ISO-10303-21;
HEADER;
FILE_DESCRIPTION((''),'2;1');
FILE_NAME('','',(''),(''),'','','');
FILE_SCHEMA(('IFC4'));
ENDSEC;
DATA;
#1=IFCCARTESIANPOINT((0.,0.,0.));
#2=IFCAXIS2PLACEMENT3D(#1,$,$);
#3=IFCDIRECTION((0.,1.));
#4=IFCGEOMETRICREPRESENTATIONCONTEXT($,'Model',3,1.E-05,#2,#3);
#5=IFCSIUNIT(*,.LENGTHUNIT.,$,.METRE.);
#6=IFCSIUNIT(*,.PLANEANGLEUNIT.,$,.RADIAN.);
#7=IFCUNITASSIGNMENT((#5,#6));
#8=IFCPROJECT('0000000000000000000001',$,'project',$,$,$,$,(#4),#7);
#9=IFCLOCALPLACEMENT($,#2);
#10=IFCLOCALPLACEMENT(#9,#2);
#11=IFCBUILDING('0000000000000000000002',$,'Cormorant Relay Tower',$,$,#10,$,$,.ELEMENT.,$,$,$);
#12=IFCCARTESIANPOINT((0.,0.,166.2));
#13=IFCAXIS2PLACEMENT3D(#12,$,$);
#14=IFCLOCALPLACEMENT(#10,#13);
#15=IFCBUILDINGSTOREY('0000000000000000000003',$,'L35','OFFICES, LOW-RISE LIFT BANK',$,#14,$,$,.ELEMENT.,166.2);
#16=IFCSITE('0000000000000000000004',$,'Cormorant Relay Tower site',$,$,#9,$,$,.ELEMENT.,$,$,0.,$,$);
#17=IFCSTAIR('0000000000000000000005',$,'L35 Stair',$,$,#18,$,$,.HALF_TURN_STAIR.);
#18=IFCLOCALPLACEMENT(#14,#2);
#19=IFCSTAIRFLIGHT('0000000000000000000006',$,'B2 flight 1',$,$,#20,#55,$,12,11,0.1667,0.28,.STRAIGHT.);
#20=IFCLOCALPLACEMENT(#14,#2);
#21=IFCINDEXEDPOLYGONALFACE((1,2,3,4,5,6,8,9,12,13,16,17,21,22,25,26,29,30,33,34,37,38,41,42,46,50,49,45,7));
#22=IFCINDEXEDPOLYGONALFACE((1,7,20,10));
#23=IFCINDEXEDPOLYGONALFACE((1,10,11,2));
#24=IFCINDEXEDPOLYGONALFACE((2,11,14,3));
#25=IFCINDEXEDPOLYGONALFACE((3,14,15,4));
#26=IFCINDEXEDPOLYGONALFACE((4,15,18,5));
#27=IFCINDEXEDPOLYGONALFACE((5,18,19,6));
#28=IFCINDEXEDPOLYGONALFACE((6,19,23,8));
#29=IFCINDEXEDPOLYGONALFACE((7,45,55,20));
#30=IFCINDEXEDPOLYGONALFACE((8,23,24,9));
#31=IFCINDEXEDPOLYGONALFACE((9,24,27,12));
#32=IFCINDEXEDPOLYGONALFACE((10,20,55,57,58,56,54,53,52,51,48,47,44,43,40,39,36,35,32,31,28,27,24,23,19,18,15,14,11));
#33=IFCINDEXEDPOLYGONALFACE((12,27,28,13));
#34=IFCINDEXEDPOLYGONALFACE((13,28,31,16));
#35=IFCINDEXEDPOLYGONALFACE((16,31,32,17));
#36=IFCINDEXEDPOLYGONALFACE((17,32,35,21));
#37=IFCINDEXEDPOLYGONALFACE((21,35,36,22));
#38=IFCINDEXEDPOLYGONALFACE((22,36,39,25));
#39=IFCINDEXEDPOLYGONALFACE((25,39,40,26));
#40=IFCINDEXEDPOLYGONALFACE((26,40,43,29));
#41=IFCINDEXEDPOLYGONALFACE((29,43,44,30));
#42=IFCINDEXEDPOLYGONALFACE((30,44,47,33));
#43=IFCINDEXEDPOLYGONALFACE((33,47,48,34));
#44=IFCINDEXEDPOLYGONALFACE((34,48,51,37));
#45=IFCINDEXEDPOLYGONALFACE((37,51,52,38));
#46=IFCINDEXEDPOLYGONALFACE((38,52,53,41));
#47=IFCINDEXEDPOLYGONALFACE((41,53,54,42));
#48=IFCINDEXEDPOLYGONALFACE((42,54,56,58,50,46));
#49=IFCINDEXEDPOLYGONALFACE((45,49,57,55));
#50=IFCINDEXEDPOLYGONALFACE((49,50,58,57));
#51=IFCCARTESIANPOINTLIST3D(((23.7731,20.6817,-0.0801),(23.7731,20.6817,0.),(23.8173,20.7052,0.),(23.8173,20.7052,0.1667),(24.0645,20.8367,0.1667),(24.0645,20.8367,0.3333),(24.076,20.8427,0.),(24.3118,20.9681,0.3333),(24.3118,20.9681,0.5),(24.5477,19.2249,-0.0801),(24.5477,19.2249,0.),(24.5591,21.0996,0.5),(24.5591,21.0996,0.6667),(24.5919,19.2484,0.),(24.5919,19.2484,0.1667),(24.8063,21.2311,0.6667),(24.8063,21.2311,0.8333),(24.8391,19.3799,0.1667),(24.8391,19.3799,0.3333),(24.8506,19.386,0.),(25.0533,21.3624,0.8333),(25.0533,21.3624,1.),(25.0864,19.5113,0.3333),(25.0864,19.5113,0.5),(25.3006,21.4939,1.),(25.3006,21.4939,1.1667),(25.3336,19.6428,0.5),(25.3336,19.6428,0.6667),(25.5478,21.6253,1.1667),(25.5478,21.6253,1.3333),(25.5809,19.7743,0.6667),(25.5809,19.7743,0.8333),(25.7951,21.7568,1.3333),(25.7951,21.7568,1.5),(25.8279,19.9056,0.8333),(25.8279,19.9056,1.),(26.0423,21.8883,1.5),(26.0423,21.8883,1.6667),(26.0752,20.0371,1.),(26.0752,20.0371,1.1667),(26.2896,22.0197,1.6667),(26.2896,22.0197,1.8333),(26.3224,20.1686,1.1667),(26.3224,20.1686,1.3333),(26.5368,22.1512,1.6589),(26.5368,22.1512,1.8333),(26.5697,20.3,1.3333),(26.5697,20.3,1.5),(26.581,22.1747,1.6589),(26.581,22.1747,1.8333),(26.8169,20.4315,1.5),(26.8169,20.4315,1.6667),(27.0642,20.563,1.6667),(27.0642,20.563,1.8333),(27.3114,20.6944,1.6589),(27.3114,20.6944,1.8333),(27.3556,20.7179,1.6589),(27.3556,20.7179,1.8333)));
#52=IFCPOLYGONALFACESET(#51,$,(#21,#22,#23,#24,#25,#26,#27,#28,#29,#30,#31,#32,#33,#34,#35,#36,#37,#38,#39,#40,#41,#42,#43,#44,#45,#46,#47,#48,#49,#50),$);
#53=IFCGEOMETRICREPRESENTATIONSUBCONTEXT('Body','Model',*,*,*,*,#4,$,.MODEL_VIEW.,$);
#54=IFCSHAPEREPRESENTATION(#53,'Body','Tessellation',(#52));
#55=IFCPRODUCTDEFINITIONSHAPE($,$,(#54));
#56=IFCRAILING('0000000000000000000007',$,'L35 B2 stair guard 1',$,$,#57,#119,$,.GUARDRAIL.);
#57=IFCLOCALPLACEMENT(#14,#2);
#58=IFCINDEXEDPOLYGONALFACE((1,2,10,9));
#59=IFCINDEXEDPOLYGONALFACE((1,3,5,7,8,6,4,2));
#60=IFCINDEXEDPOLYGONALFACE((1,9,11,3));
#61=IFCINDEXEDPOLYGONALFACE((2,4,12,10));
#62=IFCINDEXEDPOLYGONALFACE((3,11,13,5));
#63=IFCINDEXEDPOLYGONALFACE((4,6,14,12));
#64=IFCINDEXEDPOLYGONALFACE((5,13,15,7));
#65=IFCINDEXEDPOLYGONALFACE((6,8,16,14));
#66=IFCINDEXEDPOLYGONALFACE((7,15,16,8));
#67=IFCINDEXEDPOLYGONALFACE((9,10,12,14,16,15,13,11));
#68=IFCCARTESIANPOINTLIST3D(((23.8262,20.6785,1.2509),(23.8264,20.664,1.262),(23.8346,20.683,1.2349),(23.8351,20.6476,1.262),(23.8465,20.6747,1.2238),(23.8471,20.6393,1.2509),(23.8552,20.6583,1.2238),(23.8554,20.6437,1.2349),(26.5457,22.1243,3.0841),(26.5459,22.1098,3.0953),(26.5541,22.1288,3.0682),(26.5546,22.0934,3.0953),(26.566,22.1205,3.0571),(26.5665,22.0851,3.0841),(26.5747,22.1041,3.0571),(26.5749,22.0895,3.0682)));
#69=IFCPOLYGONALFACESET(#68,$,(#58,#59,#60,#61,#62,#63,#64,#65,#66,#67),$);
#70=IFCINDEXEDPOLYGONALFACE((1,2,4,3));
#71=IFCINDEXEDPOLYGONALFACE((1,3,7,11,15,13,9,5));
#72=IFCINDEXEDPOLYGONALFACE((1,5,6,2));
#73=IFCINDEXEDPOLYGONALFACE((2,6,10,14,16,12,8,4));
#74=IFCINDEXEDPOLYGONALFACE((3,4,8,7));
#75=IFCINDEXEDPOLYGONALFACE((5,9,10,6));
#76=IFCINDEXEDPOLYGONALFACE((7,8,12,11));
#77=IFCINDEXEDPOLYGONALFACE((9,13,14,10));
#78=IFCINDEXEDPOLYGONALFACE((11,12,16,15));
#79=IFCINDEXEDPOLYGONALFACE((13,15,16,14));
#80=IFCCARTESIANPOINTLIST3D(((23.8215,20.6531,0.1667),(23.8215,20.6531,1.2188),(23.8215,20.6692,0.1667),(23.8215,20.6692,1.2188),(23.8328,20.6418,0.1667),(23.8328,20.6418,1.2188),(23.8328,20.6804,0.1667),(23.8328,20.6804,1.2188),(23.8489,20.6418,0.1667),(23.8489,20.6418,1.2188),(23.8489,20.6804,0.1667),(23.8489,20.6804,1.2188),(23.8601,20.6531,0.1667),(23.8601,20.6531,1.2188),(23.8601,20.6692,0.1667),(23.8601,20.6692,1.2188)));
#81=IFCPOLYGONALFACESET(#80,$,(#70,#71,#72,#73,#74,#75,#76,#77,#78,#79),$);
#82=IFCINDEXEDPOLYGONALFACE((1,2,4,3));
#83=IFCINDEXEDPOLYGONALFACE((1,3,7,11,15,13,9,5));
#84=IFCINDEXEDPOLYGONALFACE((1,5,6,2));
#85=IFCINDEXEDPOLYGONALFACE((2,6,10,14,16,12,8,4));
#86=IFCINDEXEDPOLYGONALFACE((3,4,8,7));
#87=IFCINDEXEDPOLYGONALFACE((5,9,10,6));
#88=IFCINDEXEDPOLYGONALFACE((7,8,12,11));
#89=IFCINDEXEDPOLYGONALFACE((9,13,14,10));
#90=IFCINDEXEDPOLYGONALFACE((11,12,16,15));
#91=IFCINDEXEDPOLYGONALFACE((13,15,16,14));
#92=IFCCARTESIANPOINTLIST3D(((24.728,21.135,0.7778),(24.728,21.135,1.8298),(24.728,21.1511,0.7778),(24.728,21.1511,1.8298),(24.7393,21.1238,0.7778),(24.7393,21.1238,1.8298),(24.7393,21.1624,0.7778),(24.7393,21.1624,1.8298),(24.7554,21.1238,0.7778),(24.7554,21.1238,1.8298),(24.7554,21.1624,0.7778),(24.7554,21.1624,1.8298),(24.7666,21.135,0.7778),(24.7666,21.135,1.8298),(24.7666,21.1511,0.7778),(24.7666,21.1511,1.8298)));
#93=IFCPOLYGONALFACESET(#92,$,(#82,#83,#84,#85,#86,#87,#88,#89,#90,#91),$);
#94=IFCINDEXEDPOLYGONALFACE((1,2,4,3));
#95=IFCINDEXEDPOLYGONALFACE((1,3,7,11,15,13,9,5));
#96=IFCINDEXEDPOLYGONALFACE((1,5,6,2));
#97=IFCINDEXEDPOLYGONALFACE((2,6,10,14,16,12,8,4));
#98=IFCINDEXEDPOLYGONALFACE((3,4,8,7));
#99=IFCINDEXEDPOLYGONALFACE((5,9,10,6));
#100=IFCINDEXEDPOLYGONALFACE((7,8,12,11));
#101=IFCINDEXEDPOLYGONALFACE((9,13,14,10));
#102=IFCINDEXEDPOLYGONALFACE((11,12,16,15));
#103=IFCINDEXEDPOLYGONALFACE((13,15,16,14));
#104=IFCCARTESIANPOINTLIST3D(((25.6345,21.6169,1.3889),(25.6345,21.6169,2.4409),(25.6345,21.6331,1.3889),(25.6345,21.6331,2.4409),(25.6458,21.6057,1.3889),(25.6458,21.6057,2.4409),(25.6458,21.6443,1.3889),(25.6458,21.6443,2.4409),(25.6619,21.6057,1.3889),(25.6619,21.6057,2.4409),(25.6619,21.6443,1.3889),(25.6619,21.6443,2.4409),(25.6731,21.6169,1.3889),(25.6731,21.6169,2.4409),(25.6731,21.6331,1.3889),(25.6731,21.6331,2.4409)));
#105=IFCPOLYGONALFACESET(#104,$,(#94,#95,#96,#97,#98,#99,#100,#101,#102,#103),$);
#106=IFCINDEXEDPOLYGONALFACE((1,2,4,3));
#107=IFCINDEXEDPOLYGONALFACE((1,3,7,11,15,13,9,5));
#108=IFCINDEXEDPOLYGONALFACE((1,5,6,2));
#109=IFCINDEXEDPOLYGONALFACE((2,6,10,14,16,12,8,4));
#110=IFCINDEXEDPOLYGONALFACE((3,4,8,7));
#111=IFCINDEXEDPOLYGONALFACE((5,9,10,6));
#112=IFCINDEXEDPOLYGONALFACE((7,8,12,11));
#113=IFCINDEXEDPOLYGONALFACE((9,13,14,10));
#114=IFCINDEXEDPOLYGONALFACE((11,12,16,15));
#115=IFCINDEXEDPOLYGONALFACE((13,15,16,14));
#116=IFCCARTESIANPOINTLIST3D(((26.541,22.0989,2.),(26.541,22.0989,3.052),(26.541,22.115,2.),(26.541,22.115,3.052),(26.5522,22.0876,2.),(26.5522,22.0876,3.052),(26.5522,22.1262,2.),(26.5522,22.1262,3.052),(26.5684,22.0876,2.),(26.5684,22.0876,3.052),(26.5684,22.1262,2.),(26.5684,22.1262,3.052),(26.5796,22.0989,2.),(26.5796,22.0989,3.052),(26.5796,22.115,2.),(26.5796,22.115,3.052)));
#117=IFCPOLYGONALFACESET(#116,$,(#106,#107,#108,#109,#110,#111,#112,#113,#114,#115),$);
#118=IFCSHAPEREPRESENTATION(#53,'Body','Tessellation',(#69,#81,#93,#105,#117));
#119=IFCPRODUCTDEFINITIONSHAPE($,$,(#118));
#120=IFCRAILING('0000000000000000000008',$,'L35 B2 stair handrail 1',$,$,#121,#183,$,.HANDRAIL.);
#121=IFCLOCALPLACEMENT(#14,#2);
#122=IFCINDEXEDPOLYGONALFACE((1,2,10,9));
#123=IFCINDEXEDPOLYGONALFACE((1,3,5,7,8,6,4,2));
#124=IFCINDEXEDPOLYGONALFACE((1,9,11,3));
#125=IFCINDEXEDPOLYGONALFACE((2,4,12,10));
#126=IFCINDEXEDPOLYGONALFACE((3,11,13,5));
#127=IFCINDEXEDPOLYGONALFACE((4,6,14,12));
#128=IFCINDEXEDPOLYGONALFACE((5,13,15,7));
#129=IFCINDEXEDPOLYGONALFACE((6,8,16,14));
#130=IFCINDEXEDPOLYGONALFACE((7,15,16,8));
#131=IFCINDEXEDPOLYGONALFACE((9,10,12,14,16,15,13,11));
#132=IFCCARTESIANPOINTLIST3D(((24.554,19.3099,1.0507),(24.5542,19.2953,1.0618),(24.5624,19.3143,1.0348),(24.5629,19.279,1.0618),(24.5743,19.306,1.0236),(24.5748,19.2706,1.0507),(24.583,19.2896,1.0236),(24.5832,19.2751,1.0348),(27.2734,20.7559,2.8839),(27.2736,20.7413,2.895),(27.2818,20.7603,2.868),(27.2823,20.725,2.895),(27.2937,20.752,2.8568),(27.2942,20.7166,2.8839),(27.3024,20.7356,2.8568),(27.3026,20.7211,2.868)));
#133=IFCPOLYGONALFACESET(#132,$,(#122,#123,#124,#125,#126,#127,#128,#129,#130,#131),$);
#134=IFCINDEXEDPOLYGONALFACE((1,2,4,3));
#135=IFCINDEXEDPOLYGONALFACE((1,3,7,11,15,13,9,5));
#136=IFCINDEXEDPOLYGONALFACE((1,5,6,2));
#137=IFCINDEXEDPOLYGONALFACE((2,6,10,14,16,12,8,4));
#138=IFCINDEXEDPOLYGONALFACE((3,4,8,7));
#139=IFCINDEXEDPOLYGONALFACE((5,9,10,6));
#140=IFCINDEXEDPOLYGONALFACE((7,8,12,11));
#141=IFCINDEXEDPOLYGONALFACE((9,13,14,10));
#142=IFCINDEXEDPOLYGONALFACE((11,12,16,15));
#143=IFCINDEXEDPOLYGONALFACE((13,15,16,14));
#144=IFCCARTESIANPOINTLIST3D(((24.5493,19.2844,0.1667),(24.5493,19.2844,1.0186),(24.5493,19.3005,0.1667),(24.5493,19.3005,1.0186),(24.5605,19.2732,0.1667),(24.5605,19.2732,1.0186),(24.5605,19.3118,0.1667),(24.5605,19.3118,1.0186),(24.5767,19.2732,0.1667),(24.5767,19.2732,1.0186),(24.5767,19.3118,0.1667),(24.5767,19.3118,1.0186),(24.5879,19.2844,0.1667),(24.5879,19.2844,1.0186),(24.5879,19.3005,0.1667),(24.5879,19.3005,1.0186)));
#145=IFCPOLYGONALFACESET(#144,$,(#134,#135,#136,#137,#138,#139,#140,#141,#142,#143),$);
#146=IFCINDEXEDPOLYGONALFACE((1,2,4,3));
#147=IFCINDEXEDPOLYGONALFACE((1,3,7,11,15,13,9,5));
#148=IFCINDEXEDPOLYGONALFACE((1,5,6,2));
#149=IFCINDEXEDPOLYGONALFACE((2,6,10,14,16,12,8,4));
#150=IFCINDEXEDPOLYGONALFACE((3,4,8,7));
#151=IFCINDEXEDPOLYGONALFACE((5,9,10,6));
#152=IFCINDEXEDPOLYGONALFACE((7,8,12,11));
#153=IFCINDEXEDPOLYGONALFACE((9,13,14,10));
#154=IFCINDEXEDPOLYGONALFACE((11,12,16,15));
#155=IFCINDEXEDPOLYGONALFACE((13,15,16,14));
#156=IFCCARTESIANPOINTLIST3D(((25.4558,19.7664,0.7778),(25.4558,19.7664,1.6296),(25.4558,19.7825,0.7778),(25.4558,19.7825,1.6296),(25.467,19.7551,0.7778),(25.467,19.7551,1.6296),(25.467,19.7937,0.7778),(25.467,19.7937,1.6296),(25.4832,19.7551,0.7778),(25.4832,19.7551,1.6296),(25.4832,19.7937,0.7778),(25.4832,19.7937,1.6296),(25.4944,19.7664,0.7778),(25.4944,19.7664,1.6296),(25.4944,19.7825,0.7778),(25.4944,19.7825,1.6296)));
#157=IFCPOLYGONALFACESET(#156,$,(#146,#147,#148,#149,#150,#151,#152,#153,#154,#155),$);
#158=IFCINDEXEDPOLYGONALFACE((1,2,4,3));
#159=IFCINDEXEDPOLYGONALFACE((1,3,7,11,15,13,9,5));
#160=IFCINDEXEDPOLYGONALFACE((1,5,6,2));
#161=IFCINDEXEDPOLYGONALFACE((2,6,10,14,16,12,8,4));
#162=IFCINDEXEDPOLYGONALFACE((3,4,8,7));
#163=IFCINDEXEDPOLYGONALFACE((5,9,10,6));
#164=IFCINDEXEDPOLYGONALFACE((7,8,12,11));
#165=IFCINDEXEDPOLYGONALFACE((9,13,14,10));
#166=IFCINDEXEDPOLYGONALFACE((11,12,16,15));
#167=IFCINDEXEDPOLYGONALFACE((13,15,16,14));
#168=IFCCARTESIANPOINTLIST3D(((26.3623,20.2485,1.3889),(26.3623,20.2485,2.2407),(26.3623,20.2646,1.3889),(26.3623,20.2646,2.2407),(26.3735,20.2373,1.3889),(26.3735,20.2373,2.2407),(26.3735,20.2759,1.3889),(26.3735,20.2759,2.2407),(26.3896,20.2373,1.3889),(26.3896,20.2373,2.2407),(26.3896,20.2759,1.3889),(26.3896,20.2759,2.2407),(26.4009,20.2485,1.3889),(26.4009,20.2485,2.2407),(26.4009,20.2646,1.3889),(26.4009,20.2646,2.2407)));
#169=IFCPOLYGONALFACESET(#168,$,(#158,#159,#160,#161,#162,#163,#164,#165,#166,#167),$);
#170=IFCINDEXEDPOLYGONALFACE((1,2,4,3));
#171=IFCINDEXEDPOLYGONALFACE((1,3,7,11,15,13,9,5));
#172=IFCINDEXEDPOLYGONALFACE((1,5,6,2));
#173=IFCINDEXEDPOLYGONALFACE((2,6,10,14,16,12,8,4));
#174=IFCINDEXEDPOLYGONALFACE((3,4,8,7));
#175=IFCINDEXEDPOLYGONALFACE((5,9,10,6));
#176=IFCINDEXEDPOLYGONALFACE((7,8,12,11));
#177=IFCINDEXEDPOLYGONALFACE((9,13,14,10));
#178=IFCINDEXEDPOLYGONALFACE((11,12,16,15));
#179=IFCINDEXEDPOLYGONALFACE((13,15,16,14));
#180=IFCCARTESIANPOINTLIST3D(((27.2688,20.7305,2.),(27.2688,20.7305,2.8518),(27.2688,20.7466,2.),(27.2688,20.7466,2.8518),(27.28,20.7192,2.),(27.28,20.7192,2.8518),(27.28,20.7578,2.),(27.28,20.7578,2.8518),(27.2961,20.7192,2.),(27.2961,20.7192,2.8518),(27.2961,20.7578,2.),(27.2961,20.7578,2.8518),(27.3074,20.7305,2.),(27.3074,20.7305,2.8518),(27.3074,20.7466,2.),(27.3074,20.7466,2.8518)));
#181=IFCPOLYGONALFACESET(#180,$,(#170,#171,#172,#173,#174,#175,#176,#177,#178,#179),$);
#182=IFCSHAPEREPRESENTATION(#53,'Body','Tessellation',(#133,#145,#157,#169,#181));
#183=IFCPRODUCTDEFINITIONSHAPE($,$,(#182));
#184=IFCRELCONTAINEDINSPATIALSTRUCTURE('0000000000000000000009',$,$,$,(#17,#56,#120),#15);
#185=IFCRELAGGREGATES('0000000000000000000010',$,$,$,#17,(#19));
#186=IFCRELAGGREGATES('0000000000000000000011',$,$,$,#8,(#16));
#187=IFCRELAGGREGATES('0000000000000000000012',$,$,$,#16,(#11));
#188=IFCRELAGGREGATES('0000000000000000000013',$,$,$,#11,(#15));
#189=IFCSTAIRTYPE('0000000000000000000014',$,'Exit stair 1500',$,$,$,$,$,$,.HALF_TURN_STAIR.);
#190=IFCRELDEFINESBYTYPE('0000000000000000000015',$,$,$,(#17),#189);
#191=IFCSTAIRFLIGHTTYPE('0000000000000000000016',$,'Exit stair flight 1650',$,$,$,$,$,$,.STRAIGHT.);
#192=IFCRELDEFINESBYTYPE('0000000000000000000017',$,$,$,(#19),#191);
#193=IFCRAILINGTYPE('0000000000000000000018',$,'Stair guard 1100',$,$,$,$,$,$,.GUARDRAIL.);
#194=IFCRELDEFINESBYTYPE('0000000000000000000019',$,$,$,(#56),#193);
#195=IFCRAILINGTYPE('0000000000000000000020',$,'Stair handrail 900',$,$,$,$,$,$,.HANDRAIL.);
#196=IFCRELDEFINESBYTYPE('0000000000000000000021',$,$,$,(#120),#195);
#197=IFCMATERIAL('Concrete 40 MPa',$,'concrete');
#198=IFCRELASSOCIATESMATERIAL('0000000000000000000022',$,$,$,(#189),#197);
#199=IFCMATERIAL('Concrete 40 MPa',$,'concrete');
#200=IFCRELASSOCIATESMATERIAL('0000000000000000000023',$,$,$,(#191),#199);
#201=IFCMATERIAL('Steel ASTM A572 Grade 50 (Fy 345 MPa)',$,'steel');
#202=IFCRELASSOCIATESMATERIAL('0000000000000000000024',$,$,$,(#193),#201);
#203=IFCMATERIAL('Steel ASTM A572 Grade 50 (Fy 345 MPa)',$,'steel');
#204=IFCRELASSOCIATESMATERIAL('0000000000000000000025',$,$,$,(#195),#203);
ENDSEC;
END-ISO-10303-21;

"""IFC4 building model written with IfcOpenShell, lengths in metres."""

from ifc_helpers import new_model, si_unit, direction, frame, origin, place, context, subcontext, project, spatial, polyline, outline, extrude, material, type_object, element, aggregate, save


model = new_model("IFC4")

# Units and contexts
model_context = context("Model", 3, precision=1e-05, world=origin(), true_north=direction((0.0, 1.0)))
body_context = subcontext(model_context, "Body", "Model", "MODEL_VIEW")
ifc_project = project(units=[si_unit("LENGTHUNIT", "METRE"), si_unit("PLANEANGLEUNIT", "RADIAN")], contexts=[model_context])

# Site, building, storey
site_placement = place(None, origin())
site = spatial("IfcSite", under=ifc_project, at=site_placement, Name="Cormorant Relay Tower site", CompositionType="ELEMENT", RefElevation=0.0)
building_placement = place(site_placement, origin())
building = spatial("IfcBuilding", under=site, at=building_placement, Name="Cormorant Relay Tower", CompositionType="ELEMENT")
storey_placement = place(building_placement, frame((0.0, 0.0, 166.2)))
storey = spatial("IfcBuildingStorey", under=building, at=storey_placement, Name="L35", Description="OFFICES, LOW-RISE LIFT BANK", CompositionType="ELEMENT", Elevation=166.2)

# Stair, stair flight
ifc_material_1 = material(Name="Concrete 40 MPa", Category="concrete")
stair_type = type_object("IfcStairType", Name="Exit stair 1500", PredefinedType="HALF_TURN_STAIR", material=ifc_material_1)
stair_placement = place(storey_placement, origin())
stair = element("IfcStair", 1, at=stair_placement, inside=storey, type_object=stair_type, Name="L35 Stair", PredefinedType="HALF_TURN_STAIR")
ifc_material_2 = material(Name="Concrete 40 MPa", Category="concrete")
stair_flight_type = type_object("IfcStairFlightType", Name="Exit stair flight 1650", PredefinedType="STRAIGHT", material=ifc_material_2)
stair_flight_placement = place(storey_placement, frame((24.2046, 19.9768, 0.0), z_axis=(0.0, 0.0, 1.0), x_axis=(0.882948, 0.469472, 0.0)))
stair_flight = element("IfcStairFlight", 2, at=stair_flight_placement, type_object=stair_flight_type, Name="B2 flight 1", NumberOfRisers=12, NumberOfTreads=11, PredefinedType="STRAIGHT", RiserHeight=0.1667, TreadLength=0.28, context=body_context, shape_type="SweptSolid", body=[
    extrude(outline(polyline([(-0.05, -0.0801), (-0.05, 0.0), (0.0, 0.0), (0.0, 0.1667), (0.28, 0.1667), (0.28, 0.3333), (0.5601, 0.3333), (0.5601, 0.5), (0.8401, 0.5), (0.8401, 0.6667), (1.1201, 0.6667), (1.1201, 0.8333), (1.3999, 0.8333), (1.3999, 1.0), (1.6799, 1.0), (1.6799, 1.1667), (1.96, 1.1667), (1.96, 1.3333), (2.24, 1.3333), (2.24, 1.5), (2.52, 1.5), (2.52, 1.6667), (2.8, 1.6667), (2.8, 1.8333), (3.0801, 1.8333), (3.1301, 1.8333), (3.1301, 1.6589), (3.0801, 1.6589), (0.293, 0.0), (-0.05, -0.0801)])), frame((0.0, 0.825, 0.0), z_axis=(0.0, -1.0, 0.0), x_axis=(1.0, 0.0, 0.0)), (0.0, 0.0, 1.0), 1.6499),
])
aggregate(stair, [stair_flight])

# Railings
ifc_material_3 = material(Name="Steel ASTM A572 Grade 50 (Fy 345 MPa)", Category="steel")
railing_type_1 = type_object("IfcRailingType", Name="Stair guard 1100", PredefinedType="GUARDRAIL", material=ifc_material_3)
railing_1_placement = place(storey_placement, frame((23.8408, 20.6611, 0.1667)))
element("IfcRailing", 3, at=railing_1_placement, inside=storey, type_object=railing_type_1, Name="L35 B2 stair guard 1", PredefinedType="GUARDRAIL", context=body_context, shape_type="SweptSolid", body=[
    extrude(outline(polyline([(0.0222, 0.0093), (0.0093, 0.0222), (-0.0093, 0.0222), (-0.0222, 0.0093), (-0.0222, -0.0093), (-0.0093, -0.0222), (0.0093, -0.0222), (0.0222, -0.0093), (0.0222, 0.0093)])), frame((0.0, 0.0, 1.0762), z_axis=(0.758735, 0.403378, 0.511477), x_axis=(-0.469428, 0.882971, 0.0)), (0.0, 0.0, 1.0), 3.5842),
    extrude(outline(polyline([(0.0193, 0.0081), (0.0081, 0.0193), (-0.0081, 0.0193), (-0.0193, 0.0081), (-0.0193, -0.0081), (-0.0081, -0.0193), (0.0081, -0.0193), (0.0193, -0.0081), (0.0193, 0.0081)])), origin(), (0.0, 0.0, 1.0), 1.052),
    extrude(outline(polyline([(0.0193, 0.0081), (0.0081, 0.0193), (-0.0081, 0.0193), (-0.0193, 0.0081), (-0.0193, -0.0081), (-0.0081, -0.0193), (0.0081, -0.0193), (0.0193, -0.0081), (0.0193, 0.0081)])), frame((0.9065, 0.4819, 0.6111)), (0.0, 0.0, 1.0), 1.052),
    extrude(outline(polyline([(0.0193, 0.0081), (0.0081, 0.0193), (-0.0081, 0.0193), (-0.0193, 0.0081), (-0.0193, -0.0081), (-0.0081, -0.0193), (0.0081, -0.0193), (0.0193, -0.0081), (0.0193, 0.0081)])), frame((1.813, 0.9639, 1.2222)), (0.0, 0.0, 1.0), 1.052),
    extrude(outline(polyline([(0.0193, 0.0081), (0.0081, 0.0193), (-0.0081, 0.0193), (-0.0193, 0.0081), (-0.0193, -0.0081), (-0.0081, -0.0193), (0.0081, -0.0193), (0.0193, -0.0081), (0.0193, 0.0081)])), frame((2.7195, 1.4458, 1.8333)), (0.0, 0.0, 1.0), 1.052),
])
ifc_material_4 = material(Name="Steel ASTM A572 Grade 50 (Fy 345 MPa)", Category="steel")
railing_type_2 = type_object("IfcRailingType", Name="Stair handrail 900", PredefinedType="HANDRAIL", material=ifc_material_4)
railing_2_placement = place(storey_placement, frame((24.5686, 19.2925, 0.1667)))
element("IfcRailing", 4, at=railing_2_placement, inside=storey, type_object=railing_type_2, Name="L35 B2 stair handrail 1", PredefinedType="HANDRAIL", context=body_context, shape_type="SweptSolid", body=[
    extrude(outline(polyline([(0.0222, 0.0093), (0.0093, 0.0222), (-0.0093, 0.0222), (-0.0222, 0.0093), (-0.0222, -0.0093), (-0.0093, -0.0222), (0.0093, -0.0222), (0.0222, -0.0093), (0.0222, 0.0093)])), frame((0.0, 0.0, 0.876), z_axis=(0.758714, 0.403435, 0.511463), x_axis=(-0.469489, 0.882938, 0.0)), (0.0, 0.0, 1.0), 3.5842),
    extrude(outline(polyline([(0.0193, 0.0081), (0.0081, 0.0193), (-0.0081, 0.0193), (-0.0193, 0.0081), (-0.0193, -0.0081), (-0.0081, -0.0193), (0.0081, -0.0193), (0.0193, -0.0081), (0.0193, 0.0081)])), origin(), (0.0, 0.0, 1.0), 0.8518),
    extrude(outline(polyline([(0.0193, 0.0081), (0.0081, 0.0193), (-0.0081, 0.0193), (-0.0193, 0.0081), (-0.0193, -0.0081), (-0.0081, -0.0193), (0.0081, -0.0193), (0.0193, -0.0081), (0.0193, 0.0081)])), frame((0.9065, 0.4819, 0.6111)), (0.0, 0.0, 1.0), 0.8518),
    extrude(outline(polyline([(0.0193, 0.0081), (0.0081, 0.0193), (-0.0081, 0.0193), (-0.0193, 0.0081), (-0.0193, -0.0081), (-0.0081, -0.0193), (0.0081, -0.0193), (0.0193, -0.0081), (0.0193, 0.0081)])), frame((1.813, 0.9641, 1.2222)), (0.0, 0.0, 1.0), 0.8518),
    extrude(outline(polyline([(0.0193, 0.0081), (0.0081, 0.0193), (-0.0081, 0.0193), (-0.0193, 0.0081), (-0.0193, -0.0081), (-0.0081, -0.0193), (0.0081, -0.0193), (0.0193, -0.0081), (0.0193, 0.0081)])), frame((2.7195, 1.446, 1.8333)), (0.0, 0.0, 1.0), 0.8518),
])

save(model, "model.ifc")
